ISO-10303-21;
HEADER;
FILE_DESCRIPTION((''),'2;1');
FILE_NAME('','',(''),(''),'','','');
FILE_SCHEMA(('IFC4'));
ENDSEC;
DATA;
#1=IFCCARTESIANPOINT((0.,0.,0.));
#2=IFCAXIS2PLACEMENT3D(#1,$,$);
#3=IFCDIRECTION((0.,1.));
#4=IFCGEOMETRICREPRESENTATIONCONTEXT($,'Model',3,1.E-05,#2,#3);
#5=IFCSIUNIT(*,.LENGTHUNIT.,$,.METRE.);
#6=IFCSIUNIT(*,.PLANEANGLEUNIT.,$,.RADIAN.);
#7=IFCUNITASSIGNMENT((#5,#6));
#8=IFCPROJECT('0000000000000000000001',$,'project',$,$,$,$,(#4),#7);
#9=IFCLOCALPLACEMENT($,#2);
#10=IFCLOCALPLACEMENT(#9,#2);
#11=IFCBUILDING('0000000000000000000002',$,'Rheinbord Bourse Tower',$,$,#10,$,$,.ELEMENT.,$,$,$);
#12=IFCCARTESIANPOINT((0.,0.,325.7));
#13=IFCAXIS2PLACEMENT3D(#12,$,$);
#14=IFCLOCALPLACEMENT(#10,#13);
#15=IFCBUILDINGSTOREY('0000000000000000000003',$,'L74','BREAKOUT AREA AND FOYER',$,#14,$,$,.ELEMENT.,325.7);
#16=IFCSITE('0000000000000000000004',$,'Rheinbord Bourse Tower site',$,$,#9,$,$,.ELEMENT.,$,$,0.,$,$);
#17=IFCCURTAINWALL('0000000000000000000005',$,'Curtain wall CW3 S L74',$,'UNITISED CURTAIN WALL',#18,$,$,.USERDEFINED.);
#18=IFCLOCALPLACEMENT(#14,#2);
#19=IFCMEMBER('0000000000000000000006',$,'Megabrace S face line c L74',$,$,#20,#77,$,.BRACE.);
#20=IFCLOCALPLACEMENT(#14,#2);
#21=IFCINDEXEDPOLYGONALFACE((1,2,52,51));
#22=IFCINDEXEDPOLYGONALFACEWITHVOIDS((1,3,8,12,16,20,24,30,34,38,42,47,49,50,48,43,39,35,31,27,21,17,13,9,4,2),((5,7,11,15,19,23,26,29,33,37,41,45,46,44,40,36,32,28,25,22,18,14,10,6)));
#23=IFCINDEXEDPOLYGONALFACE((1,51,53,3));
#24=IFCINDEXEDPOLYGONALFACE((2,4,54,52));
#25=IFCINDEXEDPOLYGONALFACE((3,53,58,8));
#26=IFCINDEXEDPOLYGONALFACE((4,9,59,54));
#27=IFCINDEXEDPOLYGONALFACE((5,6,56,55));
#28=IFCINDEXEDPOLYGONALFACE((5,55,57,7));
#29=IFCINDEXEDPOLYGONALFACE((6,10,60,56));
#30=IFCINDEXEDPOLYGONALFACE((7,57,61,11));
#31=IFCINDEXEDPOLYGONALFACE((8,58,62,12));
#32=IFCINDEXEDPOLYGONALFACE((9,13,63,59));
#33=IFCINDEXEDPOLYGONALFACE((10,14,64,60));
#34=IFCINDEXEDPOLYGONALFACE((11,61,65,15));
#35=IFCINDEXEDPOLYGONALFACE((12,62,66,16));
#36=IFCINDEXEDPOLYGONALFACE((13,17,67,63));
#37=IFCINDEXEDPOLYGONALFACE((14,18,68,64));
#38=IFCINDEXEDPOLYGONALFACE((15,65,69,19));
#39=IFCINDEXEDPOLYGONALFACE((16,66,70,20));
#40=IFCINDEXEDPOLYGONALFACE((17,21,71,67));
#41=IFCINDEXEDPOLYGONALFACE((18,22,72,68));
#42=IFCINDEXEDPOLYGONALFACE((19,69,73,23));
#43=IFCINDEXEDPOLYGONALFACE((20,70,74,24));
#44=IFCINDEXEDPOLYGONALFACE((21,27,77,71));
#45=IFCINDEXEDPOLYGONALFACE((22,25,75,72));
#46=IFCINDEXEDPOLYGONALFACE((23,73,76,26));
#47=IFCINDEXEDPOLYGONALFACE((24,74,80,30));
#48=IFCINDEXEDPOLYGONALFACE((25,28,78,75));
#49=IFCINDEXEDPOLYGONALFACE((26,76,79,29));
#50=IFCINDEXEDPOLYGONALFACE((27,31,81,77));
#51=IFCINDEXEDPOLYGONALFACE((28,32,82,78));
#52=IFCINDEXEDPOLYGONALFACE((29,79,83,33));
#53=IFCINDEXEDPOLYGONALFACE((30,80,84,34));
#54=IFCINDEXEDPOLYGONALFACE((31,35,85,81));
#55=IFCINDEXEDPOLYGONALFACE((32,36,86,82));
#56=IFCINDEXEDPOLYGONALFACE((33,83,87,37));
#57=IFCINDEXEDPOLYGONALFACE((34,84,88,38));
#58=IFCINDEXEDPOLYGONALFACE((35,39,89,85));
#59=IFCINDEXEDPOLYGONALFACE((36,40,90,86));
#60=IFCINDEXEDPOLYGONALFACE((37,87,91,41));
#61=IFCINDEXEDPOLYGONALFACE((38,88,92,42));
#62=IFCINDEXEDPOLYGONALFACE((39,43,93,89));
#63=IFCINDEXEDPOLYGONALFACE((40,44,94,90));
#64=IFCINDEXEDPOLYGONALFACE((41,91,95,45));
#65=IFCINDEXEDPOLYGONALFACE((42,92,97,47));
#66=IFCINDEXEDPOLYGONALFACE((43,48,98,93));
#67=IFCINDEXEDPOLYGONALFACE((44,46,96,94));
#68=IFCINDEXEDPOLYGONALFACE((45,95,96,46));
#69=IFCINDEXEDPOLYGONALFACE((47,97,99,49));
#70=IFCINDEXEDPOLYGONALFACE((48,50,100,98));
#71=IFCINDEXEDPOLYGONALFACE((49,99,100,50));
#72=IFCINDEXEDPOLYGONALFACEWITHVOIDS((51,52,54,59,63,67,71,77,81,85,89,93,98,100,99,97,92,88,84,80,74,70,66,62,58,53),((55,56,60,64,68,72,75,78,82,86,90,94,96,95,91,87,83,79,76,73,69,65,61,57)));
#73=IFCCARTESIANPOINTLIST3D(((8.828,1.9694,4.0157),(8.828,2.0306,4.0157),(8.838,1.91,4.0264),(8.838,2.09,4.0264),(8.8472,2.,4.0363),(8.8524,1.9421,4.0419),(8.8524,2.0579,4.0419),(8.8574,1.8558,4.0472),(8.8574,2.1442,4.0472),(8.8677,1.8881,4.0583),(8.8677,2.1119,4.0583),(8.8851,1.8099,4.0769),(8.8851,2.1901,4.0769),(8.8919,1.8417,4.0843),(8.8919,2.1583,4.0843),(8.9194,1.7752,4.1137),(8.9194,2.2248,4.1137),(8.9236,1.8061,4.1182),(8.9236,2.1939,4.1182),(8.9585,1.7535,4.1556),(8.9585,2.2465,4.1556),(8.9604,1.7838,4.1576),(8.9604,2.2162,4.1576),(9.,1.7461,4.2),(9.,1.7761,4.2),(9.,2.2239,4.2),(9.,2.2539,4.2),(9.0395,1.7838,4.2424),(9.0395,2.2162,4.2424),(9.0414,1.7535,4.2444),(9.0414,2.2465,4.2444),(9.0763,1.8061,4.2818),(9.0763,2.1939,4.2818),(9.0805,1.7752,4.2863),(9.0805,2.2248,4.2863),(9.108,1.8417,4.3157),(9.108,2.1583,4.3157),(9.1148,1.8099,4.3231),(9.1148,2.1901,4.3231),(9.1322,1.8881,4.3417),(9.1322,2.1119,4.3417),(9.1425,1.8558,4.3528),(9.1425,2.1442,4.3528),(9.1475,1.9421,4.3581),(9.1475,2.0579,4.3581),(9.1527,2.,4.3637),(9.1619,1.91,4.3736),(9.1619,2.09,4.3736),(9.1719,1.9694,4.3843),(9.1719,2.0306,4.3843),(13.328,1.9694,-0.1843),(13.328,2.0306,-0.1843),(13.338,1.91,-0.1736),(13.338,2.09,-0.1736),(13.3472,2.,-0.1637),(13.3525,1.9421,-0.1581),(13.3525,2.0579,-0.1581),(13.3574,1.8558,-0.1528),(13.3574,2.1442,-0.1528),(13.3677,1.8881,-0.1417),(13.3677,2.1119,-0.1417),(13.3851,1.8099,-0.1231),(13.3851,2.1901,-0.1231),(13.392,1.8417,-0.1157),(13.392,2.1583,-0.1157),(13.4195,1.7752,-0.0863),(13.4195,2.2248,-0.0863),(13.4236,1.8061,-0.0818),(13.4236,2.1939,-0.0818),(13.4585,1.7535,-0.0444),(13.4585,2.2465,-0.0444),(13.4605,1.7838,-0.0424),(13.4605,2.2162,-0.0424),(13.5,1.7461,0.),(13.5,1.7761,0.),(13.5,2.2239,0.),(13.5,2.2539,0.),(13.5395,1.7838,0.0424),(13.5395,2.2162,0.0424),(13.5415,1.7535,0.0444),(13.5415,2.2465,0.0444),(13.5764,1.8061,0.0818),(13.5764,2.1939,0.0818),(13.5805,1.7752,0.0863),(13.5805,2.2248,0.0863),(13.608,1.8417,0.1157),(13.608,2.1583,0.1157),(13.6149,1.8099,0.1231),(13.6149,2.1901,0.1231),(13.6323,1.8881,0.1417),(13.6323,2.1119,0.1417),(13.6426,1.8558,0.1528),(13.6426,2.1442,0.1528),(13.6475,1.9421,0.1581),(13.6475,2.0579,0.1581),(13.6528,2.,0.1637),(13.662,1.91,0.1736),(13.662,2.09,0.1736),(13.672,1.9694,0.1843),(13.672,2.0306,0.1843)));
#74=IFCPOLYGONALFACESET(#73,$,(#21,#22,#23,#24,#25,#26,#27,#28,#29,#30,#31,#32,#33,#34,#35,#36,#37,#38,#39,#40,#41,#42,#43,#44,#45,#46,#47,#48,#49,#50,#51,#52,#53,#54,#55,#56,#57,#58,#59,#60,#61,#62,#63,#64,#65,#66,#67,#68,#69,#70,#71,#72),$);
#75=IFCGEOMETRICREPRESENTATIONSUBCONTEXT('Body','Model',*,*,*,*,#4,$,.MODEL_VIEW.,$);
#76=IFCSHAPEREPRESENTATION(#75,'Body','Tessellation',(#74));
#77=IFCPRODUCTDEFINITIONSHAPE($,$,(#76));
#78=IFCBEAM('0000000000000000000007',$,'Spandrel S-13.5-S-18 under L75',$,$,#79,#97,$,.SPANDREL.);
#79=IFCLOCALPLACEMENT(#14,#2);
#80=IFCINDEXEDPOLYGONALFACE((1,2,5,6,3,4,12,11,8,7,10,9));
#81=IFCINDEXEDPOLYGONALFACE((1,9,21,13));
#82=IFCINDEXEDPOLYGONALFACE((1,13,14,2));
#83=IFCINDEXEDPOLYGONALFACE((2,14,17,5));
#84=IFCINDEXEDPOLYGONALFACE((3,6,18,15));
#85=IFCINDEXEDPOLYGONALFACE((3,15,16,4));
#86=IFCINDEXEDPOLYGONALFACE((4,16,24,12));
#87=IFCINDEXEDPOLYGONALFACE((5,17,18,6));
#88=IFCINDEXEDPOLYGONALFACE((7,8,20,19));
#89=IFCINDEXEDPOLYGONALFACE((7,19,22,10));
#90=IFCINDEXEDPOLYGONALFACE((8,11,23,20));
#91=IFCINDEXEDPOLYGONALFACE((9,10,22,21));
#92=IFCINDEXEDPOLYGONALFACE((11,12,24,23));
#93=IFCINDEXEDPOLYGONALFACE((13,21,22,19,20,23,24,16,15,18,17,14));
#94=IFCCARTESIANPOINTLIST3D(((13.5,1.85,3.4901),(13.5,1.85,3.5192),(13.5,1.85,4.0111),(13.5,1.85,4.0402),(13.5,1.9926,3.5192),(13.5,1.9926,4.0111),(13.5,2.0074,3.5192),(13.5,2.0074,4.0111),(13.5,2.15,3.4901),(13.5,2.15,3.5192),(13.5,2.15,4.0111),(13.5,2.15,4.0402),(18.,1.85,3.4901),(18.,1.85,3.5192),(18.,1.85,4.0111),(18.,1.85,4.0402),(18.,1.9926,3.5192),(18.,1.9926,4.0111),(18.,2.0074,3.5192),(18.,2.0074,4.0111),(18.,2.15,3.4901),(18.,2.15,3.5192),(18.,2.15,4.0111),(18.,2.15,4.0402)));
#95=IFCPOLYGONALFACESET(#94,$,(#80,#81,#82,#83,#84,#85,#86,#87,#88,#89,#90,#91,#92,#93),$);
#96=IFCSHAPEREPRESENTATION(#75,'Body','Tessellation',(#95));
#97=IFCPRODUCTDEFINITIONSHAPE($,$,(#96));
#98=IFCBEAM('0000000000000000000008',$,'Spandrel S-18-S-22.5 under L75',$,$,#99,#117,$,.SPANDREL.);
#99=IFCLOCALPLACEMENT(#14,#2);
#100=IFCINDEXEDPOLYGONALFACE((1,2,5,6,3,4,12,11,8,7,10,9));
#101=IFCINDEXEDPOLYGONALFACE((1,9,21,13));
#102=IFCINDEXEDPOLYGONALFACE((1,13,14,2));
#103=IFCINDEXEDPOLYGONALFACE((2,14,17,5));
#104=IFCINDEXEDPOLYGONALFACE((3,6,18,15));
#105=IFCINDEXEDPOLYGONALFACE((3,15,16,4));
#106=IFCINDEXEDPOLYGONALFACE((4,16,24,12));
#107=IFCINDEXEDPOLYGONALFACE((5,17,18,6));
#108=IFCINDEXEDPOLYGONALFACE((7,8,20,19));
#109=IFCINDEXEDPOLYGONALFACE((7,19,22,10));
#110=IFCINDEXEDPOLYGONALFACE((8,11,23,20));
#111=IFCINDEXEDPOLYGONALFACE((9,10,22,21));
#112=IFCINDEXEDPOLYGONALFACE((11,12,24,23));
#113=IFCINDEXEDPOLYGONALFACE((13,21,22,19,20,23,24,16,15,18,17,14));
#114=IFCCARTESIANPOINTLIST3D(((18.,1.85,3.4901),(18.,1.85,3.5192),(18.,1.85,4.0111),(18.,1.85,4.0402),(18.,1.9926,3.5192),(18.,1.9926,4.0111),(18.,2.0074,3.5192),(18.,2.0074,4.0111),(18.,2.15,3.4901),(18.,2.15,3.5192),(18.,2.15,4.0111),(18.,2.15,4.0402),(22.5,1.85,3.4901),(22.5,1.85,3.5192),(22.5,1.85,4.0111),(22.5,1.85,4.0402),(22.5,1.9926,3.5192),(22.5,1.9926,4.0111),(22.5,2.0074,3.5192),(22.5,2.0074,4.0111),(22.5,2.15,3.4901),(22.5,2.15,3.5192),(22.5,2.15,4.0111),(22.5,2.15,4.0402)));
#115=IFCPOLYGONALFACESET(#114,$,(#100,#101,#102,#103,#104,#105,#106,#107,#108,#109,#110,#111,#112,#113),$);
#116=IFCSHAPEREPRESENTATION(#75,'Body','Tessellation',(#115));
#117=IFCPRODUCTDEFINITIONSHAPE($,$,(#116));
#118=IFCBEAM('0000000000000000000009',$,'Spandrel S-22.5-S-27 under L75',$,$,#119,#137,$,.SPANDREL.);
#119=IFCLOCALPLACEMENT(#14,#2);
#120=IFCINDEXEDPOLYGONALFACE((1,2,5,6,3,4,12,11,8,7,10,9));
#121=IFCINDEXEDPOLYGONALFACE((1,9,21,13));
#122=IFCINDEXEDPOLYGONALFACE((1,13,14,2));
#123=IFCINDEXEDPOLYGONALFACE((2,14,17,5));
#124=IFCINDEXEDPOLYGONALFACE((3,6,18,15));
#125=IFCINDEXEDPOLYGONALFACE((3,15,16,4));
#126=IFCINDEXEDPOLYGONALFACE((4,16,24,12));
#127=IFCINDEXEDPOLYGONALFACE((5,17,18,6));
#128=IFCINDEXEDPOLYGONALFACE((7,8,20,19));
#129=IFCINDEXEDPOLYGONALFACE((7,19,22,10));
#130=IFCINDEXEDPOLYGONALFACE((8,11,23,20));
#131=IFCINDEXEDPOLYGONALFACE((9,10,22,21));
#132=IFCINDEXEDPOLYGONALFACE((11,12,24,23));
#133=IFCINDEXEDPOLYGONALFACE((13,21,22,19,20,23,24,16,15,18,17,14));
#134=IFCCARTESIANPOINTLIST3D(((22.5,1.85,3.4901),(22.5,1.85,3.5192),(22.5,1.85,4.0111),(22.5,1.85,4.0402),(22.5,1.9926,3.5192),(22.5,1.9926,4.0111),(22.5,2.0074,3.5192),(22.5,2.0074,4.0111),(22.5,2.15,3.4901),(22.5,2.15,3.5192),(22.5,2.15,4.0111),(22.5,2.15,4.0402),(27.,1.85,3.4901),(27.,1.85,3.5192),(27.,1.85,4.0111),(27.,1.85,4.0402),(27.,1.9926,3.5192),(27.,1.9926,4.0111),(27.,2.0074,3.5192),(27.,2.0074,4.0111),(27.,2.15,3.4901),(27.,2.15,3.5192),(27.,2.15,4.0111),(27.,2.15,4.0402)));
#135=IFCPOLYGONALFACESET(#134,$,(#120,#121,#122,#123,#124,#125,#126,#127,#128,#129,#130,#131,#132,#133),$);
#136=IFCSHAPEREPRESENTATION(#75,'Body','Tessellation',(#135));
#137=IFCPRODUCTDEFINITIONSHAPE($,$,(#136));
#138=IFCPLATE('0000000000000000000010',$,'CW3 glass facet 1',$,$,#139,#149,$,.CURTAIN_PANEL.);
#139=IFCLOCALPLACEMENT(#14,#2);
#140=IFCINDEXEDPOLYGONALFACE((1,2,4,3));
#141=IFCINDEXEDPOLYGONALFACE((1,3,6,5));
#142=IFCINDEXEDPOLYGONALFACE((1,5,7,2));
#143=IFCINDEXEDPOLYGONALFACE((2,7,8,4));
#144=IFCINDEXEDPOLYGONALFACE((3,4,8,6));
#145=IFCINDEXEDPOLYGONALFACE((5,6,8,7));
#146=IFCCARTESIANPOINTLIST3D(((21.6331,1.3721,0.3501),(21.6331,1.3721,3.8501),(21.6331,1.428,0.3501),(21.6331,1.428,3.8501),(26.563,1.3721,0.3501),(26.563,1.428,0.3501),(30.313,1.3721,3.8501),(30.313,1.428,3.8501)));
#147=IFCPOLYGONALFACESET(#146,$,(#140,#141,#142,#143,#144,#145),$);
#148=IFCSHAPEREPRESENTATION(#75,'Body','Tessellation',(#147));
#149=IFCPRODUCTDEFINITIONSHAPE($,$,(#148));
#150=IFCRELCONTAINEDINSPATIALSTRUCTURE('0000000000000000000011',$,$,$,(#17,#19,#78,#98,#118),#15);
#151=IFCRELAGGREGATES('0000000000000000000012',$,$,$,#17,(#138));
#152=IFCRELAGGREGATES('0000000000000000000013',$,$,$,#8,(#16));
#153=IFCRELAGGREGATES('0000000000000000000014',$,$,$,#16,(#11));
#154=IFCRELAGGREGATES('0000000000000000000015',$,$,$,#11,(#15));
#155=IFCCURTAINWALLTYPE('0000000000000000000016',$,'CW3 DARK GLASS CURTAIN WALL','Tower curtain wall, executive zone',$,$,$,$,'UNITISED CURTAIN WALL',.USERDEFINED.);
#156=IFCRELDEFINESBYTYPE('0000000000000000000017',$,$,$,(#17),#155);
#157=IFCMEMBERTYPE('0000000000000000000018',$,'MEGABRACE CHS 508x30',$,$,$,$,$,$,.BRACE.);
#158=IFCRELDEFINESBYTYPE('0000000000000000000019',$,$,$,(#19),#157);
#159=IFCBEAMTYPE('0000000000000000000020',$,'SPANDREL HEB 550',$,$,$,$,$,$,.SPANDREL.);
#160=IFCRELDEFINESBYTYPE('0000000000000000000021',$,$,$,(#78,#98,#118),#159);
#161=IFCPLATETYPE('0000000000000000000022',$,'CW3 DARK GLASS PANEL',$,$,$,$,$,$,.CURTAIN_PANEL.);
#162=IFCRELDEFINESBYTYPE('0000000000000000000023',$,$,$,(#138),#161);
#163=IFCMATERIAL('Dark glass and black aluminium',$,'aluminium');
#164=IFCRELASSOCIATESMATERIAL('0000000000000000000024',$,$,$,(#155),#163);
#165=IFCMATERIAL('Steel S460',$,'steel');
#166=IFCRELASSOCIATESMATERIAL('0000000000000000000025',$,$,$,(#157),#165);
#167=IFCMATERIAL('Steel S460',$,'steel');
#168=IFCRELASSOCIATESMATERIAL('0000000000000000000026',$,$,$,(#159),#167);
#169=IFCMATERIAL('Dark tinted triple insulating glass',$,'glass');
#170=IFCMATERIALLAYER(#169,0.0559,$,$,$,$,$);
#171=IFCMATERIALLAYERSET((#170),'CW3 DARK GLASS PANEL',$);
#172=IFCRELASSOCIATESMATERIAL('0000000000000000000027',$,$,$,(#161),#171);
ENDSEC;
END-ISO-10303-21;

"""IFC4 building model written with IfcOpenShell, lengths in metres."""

from ifc_helpers import new_model, si_unit, direction, frame, origin, origin_2d, place, context, subcontext, project, spatial, polyline, hollow_circle, i_section, outline, extrude, material, layer, layer_set, material_profile, profile_set, type_object, element, aggregate, save


model = new_model("IFC4")

# Units and contexts
model_context = context("Model", 3, precision=1e-05, world=origin(), true_north=direction((0.0, 1.0)))
body_context = subcontext(model_context, "Body", "Model", "MODEL_VIEW")
ifc_project = project(units=[si_unit("LENGTHUNIT", "METRE"), si_unit("PLANEANGLEUNIT", "RADIAN")], contexts=[model_context])

# Site, building, storey
site_placement = place(None, origin())
site = spatial("IfcSite", under=ifc_project, at=site_placement, Name="Rheinbord Bourse Tower site", CompositionType="ELEMENT", RefElevation=0.0)
building_placement = place(site_placement, origin())
building = spatial("IfcBuilding", under=site, at=building_placement, Name="Rheinbord Bourse Tower", CompositionType="ELEMENT")
storey_placement = place(building_placement, frame((0.0, 0.0, 325.7)))
storey = spatial("IfcBuildingStorey", under=building, at=storey_placement, Name="L74", Description="BREAKOUT AREA AND FOYER", CompositionType="ELEMENT", Elevation=325.7)

# Curtain wall
ifc_material_1 = material(Name="Dark glass and black aluminium", Category="aluminium")
curtain_wall_type = type_object("IfcCurtainWallType", Name="CW3 DARK GLASS CURTAIN WALL", Description="Tower curtain wall, executive zone", ElementType="UNITISED CURTAIN WALL", PredefinedType="USERDEFINED", material=ifc_material_1)
curtain_wall_placement = place(storey_placement, origin())
curtain_wall = element("IfcCurtainWall", 1, at=curtain_wall_placement, inside=storey, type_object=curtain_wall_type, Name="Curtain wall CW3 S L74", ObjectType="UNITISED CURTAIN WALL", PredefinedType="USERDEFINED")

# Member
ifc_material_2 = material(Name="Steel S460", Category="steel")
ifc_material_profile_1 = material_profile(ifc_material_2, hollow_circle(Radius=0.2539, WallThickness=0.03, at=origin_2d()), Name="CHS 508x30")
ifc_profile_set_1 = profile_set([ifc_material_profile_1], Name="Steel S460")
member_type_1 = type_object("IfcMemberType", Name="MEGABRACE CHS 508x30", PredefinedType="BRACE", material=ifc_profile_set_1)
member_1_placement = place(storey_placement, frame((13.5, 2.0, 0.0), z_axis=(-0.731059, 0.0, 0.682314), x_axis=(0.0, -1.0, 0.0)))
element("IfcMember", 2, at=member_1_placement, inside=storey, type_object=member_type_1, Name="Megabrace S face line c L74", PredefinedType="BRACE", context=body_context, shape_type="SweptSolid", body=[
    extrude(hollow_circle(Radius=0.2539, WallThickness=0.03, at=origin_2d()), origin(), (0.0, 0.0, 1.0), 6.1555),
])

# Beams
ifc_material_3 = material(Name="Steel S460", Category="steel")
ifc_material_profile_2 = material_profile(ifc_material_3, i_section(OverallWidth=0.3, OverallDepth=0.55, WebThickness=0.0149, FlangeThickness=0.0291, at=origin_2d()), Name="HEB 550")
ifc_profile_set_2 = profile_set([ifc_material_profile_2], Name="Steel S460")
beam_type_1 = type_object("IfcBeamType", Name="SPANDREL HEB 550", PredefinedType="SPANDREL", material=ifc_profile_set_2)
for number, where, z_axis, x_axis, name in (
    (3, (13.5, 2.0, 3.7651), (1.0, 0.0, 0.0), (0.0, 1.0, 0.0), "Spandrel S-13.5-S-18 under L75"),
    (4, (18.0, 2.0, 3.7651), (1.0, 0.0, 0.0), (0.0, 1.0, 0.0), "Spandrel S-18-S-22.5 under L75"),
    (5, (22.5, 2.0, 3.7651), (1.0, 0.0, 0.0), (0.0, 1.0, 0.0), "Spandrel S-22.5-S-27 under L75"),
):
    element("IfcBeam", number, at=place(storey_placement, frame(where, z_axis=z_axis, x_axis=x_axis)), inside=storey, type_object=beam_type_1, Name=name, PredefinedType="SPANDREL", context=body_context, shape_type="SweptSolid", body=[
        extrude(i_section(OverallWidth=0.3, OverallDepth=0.55, WebThickness=0.0149, FlangeThickness=0.0291, at=origin_2d()), origin(), (0.0, 0.0, 1.0), 4.5),
    ])

# Plate
ifc_material_4 = material(Name="Dark tinted triple insulating glass", Category="glass")
ifc_layer = layer(ifc_material_4, 0.0559)
ifc_layer_set = layer_set([ifc_layer], Name="CW3 DARK GLASS PANEL")
plate_type = type_object("IfcPlateType", Name="CW3 DARK GLASS PANEL", PredefinedType="CURTAIN_PANEL", material=ifc_layer_set)
plate_placement = place(storey_placement, frame((21.6331, 1.3721, 0.3501), z_axis=(0.0, 1.0, 0.0), x_axis=(0.0, 0.0, 1.0)))
plate = element("IfcPlate", 6, at=plate_placement, type_object=plate_type, Name="CW3 glass facet 1", PredefinedType="CURTAIN_PANEL", context=body_context, shape_type="SweptSolid", body=[
    extrude(outline(polyline([(0.0, 0.0), (3.5, 0.0), (3.5, 8.6799), (0.0, 4.9299), (0.0, 0.0)])), origin(), (0.0, 0.0, 1.0), 0.0559),
])
aggregate(curtain_wall, [plate])

save(model, "model.ifc")
